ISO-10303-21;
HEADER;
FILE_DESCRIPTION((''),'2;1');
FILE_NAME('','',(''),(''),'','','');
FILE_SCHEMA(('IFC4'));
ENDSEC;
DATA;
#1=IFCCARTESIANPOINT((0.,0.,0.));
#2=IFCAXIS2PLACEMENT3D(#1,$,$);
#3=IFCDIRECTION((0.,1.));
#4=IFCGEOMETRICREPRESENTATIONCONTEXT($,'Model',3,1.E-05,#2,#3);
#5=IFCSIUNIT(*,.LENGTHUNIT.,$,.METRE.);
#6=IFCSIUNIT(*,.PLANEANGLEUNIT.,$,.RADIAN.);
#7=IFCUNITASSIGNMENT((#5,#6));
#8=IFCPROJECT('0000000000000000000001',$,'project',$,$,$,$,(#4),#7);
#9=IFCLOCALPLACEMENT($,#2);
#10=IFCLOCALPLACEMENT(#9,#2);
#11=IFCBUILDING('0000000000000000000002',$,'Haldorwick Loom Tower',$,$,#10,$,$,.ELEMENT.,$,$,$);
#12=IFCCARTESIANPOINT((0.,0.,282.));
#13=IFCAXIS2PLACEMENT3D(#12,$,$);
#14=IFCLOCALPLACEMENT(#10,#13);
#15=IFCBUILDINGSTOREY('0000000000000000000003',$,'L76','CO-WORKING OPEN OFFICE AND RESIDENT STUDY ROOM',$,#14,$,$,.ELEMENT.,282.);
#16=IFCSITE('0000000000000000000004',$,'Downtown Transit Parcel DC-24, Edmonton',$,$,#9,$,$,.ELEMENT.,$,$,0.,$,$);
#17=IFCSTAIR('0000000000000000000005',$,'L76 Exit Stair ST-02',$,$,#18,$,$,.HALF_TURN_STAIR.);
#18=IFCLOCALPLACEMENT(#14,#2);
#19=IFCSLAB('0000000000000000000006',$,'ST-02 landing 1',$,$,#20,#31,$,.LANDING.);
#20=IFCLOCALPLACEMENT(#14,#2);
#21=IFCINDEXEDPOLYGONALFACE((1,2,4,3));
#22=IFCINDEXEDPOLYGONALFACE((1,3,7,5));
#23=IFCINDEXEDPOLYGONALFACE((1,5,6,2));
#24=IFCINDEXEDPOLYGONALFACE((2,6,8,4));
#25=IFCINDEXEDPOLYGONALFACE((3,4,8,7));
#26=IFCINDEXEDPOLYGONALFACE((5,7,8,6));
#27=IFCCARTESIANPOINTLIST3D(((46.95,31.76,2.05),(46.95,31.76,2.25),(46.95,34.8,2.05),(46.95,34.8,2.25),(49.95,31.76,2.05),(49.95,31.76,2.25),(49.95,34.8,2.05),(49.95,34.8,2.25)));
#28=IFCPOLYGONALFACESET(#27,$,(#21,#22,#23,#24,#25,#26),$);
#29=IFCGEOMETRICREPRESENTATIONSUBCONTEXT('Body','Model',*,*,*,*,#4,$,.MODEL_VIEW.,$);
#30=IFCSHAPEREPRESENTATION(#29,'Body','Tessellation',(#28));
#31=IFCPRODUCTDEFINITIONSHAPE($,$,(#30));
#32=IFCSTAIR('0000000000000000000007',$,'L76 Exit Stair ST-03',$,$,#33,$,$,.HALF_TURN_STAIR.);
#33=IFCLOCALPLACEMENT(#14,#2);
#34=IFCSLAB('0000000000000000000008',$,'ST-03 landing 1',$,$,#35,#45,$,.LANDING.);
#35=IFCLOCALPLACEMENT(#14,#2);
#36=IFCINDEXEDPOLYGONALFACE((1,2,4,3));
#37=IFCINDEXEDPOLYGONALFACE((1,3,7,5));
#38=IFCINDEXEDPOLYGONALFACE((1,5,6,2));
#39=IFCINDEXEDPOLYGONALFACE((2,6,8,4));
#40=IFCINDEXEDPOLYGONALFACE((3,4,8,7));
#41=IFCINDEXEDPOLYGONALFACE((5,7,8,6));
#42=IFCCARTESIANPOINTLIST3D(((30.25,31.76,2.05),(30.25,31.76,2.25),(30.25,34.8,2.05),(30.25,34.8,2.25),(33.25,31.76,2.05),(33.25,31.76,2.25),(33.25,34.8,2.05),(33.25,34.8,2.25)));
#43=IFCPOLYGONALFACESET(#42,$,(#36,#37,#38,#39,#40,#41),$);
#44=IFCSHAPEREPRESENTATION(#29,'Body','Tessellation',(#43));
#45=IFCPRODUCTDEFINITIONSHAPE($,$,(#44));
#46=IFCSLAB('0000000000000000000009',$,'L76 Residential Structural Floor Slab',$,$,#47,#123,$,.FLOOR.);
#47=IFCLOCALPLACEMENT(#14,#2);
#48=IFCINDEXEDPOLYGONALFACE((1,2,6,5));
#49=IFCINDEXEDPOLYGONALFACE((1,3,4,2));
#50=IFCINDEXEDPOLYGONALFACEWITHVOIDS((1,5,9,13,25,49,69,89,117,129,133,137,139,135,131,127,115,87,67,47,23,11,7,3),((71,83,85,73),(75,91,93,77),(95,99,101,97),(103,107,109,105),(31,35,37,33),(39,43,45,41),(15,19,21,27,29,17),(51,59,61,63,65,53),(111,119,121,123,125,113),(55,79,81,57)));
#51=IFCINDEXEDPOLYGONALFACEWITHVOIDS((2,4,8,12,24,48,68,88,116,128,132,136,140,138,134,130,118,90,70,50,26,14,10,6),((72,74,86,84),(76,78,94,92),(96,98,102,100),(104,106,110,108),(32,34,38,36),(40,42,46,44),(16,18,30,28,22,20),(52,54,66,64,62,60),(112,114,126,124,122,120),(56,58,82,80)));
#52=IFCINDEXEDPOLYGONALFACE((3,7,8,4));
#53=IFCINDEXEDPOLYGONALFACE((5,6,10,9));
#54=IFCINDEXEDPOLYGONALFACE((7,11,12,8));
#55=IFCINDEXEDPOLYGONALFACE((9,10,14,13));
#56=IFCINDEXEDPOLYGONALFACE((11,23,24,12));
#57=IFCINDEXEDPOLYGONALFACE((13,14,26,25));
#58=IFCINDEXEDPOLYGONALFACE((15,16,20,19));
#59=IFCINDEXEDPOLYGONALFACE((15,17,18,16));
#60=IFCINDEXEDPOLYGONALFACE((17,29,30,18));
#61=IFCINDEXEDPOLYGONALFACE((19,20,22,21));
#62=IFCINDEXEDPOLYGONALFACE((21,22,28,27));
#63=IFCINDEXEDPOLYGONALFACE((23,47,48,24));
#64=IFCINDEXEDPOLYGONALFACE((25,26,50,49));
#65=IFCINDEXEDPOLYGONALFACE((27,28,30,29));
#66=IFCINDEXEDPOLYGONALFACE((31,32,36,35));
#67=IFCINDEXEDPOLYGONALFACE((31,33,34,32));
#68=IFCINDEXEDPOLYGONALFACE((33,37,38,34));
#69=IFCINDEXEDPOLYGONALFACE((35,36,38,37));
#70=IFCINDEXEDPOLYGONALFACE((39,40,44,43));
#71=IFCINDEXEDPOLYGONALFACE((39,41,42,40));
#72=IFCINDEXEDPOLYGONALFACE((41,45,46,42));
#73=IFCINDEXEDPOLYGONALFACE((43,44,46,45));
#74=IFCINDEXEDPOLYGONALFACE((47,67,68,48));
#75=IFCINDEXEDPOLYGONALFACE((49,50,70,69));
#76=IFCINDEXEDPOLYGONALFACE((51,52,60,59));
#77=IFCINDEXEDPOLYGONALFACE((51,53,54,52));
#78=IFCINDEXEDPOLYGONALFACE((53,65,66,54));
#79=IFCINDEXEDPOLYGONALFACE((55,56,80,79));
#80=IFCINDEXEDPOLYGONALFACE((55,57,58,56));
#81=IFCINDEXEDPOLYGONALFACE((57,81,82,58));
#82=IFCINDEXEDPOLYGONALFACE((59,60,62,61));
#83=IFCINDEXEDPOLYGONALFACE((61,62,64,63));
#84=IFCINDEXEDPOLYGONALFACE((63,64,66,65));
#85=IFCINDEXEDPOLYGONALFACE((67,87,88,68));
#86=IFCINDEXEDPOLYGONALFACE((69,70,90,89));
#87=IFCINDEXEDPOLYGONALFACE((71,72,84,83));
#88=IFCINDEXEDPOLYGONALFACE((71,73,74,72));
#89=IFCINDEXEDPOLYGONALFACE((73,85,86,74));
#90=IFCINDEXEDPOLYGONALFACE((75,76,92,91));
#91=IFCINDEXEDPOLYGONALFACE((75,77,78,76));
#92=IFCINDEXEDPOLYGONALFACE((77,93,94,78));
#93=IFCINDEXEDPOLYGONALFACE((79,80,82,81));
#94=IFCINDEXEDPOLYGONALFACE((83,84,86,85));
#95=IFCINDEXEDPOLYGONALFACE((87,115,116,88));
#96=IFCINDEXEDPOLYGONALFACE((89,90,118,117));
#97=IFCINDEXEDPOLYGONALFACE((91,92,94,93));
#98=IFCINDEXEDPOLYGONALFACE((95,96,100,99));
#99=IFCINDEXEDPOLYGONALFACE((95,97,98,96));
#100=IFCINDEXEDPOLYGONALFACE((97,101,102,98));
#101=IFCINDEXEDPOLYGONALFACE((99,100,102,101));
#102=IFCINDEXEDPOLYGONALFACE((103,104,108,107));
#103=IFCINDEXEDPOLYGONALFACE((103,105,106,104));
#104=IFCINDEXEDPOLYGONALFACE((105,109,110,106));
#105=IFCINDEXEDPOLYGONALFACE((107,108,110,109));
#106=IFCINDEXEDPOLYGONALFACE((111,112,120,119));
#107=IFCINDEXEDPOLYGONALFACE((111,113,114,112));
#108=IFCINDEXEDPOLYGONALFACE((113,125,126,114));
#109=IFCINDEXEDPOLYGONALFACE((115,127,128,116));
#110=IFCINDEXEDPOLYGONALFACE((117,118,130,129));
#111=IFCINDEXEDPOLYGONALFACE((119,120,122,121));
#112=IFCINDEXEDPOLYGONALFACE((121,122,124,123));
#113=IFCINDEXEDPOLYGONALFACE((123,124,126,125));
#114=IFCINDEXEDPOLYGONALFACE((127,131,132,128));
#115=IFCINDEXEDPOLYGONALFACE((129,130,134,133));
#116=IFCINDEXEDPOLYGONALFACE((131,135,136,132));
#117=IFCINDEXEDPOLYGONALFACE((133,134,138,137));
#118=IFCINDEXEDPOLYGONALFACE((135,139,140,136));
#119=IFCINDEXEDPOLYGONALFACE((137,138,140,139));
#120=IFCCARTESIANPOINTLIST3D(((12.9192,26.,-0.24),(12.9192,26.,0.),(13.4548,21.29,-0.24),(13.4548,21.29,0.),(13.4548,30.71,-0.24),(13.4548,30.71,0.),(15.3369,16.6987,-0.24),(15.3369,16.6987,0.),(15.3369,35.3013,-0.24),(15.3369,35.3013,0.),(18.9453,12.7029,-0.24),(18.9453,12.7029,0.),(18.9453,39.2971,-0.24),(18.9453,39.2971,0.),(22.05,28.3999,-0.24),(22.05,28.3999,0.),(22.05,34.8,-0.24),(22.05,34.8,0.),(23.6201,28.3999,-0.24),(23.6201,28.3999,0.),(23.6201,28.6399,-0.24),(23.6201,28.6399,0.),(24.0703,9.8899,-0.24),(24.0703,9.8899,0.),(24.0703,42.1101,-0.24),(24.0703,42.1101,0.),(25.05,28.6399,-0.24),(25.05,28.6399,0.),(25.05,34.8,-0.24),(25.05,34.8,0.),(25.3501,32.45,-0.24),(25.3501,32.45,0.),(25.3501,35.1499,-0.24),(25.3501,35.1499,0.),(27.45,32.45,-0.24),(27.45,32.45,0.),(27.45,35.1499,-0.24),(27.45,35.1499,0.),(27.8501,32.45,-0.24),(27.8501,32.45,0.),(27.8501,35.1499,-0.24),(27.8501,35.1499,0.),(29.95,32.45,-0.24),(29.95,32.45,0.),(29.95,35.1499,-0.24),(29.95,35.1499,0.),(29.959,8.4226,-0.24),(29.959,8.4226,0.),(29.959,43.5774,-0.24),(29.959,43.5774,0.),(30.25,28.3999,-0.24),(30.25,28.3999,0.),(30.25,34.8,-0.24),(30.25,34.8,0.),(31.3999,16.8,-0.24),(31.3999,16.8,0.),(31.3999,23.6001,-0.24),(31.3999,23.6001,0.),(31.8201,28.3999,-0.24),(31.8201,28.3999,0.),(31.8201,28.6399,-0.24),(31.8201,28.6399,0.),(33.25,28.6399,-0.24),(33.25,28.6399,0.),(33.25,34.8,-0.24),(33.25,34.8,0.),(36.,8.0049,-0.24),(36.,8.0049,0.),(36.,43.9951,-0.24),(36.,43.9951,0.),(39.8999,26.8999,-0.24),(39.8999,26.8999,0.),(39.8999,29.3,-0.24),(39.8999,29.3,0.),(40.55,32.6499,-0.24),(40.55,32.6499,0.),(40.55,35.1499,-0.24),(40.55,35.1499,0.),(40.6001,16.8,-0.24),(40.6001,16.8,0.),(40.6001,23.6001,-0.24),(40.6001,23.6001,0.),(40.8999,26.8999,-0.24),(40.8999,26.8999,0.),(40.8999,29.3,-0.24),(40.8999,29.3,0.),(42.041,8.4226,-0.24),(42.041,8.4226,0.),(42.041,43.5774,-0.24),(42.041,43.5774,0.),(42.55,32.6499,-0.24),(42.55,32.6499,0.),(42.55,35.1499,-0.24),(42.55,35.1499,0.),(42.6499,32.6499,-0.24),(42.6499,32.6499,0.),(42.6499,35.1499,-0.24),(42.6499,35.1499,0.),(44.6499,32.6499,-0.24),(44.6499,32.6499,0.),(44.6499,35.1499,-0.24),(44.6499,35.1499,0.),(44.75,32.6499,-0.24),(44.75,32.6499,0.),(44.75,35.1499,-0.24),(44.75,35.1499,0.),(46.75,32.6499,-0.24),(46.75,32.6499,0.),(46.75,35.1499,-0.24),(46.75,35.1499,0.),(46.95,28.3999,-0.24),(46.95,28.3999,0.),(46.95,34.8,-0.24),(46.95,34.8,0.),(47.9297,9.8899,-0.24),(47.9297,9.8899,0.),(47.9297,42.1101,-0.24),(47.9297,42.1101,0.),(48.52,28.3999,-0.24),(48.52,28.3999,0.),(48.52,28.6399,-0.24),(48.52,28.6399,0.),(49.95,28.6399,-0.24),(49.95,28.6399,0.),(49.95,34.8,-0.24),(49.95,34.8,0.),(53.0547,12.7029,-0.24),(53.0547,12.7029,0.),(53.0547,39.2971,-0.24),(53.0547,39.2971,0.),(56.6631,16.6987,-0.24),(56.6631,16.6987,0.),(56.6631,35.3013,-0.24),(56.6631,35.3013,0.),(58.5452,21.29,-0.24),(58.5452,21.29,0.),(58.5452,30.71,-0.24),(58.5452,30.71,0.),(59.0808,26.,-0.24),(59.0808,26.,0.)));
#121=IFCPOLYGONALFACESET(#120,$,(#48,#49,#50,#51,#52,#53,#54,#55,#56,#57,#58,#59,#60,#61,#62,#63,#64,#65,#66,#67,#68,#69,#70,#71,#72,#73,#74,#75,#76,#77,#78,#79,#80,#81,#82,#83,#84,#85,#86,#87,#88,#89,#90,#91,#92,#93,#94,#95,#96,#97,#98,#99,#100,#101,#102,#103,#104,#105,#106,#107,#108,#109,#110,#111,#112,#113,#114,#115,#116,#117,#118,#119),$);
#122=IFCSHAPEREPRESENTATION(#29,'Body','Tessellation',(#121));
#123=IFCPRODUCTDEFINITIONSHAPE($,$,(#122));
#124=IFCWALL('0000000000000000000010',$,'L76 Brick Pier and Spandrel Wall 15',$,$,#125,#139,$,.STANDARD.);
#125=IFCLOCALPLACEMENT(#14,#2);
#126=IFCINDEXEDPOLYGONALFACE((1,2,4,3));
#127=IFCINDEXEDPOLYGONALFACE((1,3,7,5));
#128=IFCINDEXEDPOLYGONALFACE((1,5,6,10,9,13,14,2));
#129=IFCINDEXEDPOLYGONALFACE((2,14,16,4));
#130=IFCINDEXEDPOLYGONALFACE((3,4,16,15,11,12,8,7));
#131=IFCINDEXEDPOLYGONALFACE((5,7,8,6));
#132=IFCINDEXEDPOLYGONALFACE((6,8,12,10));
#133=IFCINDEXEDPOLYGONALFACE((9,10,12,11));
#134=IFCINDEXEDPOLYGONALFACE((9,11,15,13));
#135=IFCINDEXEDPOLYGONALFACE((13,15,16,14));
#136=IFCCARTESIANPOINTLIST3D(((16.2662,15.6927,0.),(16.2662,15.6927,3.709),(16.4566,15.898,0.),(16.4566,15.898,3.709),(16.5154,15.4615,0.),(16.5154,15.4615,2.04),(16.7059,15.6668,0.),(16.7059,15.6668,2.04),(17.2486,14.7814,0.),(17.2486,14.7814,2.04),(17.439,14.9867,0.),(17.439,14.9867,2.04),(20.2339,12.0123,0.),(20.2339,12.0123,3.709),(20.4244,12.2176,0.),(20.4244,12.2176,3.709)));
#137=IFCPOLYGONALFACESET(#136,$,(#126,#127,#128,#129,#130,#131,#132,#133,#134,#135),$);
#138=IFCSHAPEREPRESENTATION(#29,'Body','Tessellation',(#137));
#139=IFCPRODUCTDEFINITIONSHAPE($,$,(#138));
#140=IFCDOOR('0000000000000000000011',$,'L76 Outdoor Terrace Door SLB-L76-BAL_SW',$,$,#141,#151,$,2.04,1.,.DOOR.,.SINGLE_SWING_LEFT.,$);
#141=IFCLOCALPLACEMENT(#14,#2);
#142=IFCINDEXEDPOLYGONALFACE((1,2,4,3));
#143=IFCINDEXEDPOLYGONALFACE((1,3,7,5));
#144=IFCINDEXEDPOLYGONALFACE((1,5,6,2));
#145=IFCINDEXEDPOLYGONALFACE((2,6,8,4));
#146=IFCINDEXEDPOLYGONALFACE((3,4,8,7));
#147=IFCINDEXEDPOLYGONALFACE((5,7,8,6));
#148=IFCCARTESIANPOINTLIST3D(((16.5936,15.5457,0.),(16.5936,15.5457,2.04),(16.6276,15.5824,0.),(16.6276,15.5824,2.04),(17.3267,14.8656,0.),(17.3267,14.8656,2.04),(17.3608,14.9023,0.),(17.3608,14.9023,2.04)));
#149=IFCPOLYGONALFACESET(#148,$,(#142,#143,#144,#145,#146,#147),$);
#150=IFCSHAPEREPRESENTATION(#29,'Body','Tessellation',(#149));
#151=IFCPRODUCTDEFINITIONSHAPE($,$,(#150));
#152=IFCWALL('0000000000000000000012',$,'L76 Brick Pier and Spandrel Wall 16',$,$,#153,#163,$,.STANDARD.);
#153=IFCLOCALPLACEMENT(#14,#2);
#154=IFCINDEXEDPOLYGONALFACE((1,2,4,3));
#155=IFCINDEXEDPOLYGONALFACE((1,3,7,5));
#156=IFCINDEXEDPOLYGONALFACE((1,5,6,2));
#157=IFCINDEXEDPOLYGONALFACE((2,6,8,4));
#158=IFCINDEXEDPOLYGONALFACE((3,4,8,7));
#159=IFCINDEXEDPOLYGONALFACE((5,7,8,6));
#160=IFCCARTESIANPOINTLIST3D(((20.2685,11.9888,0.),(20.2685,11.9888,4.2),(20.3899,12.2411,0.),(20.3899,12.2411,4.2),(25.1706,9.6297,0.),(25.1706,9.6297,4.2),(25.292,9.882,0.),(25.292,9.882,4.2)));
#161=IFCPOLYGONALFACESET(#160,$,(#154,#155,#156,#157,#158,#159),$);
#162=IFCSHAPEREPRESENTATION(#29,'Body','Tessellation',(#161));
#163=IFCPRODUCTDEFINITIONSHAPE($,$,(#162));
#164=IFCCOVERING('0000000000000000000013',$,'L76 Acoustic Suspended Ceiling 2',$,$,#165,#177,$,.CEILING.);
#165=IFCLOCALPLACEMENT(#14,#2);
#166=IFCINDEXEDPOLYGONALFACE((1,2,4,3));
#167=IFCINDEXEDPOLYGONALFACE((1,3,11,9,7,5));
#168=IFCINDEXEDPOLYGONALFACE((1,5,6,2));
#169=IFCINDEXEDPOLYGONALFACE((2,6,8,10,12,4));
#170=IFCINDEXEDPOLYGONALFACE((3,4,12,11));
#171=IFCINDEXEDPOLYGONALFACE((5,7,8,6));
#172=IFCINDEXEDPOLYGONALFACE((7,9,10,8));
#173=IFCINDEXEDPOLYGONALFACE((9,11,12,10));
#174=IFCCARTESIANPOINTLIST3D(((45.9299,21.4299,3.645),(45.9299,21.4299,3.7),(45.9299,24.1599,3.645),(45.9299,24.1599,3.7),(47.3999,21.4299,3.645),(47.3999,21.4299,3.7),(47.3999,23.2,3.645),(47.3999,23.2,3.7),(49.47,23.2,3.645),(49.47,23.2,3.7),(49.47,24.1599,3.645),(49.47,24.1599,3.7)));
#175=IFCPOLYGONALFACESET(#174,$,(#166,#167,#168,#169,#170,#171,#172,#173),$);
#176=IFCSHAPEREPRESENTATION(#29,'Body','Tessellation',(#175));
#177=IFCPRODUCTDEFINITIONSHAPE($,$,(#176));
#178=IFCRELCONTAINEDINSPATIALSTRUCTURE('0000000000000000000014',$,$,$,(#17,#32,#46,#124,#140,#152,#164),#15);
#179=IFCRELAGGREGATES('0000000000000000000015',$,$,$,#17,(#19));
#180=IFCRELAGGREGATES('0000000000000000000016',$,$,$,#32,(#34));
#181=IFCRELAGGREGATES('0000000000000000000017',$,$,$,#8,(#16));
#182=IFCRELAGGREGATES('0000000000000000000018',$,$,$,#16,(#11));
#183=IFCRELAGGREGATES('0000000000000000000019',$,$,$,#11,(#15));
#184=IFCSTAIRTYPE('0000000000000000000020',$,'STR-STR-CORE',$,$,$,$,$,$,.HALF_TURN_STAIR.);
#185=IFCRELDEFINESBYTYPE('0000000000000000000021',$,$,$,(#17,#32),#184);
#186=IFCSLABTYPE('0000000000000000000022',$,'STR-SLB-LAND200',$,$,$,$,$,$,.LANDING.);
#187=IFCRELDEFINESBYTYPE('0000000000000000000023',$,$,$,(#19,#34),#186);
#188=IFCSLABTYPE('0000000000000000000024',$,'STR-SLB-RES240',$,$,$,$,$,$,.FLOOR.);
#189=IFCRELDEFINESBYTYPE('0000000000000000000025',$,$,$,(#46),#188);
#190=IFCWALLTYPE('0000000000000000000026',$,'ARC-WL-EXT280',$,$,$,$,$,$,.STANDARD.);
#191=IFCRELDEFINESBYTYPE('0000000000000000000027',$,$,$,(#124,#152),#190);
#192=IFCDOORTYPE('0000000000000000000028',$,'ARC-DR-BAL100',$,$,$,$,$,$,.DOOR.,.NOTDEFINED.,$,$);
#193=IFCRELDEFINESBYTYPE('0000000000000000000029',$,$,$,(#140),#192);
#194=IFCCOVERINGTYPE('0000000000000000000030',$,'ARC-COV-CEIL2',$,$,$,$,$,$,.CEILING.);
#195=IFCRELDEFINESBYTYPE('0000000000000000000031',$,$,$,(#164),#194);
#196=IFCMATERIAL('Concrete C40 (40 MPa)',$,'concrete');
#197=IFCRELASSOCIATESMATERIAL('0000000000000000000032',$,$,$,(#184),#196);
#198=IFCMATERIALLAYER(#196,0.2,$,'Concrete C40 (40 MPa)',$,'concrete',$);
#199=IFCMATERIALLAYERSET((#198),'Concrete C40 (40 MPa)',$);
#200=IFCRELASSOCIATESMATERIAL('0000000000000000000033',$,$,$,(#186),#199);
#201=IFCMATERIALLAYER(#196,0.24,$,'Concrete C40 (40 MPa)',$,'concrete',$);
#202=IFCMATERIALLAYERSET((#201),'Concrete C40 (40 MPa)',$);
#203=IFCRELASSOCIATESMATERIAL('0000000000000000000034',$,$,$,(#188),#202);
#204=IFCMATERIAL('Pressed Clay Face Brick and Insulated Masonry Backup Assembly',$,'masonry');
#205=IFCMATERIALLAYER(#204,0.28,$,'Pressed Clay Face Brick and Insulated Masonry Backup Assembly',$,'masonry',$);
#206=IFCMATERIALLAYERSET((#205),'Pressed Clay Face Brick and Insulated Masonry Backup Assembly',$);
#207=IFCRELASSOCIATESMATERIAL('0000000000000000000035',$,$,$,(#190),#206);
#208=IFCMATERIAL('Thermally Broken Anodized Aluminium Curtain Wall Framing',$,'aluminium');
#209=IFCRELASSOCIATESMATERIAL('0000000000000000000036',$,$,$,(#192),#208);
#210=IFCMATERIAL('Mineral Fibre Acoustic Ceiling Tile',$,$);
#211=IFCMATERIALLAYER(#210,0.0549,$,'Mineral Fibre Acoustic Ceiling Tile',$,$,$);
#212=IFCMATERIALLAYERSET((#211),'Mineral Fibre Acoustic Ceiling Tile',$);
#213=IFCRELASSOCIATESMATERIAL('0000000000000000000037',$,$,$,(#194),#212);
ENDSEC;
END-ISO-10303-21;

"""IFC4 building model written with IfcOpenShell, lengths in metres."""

from ifc_helpers import new_model, si_unit, direction, frame, frame_2d, origin, place, context, subcontext, project, spatial, polyline, rectangle, outline, extrude, material, layer, layer_set, type_object, element, fill, aggregate, save


model = new_model("IFC4")

# Units and contexts
model_context = context("Model", 3, precision=1e-05, world=origin(), true_north=direction((0.0, 1.0)))
body_context = subcontext(model_context, "Body", "Model", "MODEL_VIEW")
ifc_project = project(units=[si_unit("LENGTHUNIT", "METRE"), si_unit("PLANEANGLEUNIT", "RADIAN")], contexts=[model_context])

# Site, building, storey
site_placement = place(None, origin())
site = spatial("IfcSite", under=ifc_project, at=site_placement, Name="Downtown Transit Parcel DC-24, Edmonton", CompositionType="ELEMENT", RefElevation=0.0)
building_placement = place(site_placement, origin())
building = spatial("IfcBuilding", under=site, at=building_placement, Name="Haldorwick Loom Tower", CompositionType="ELEMENT")
storey_placement = place(building_placement, frame((0.0, 0.0, 282.0)))
storey = spatial("IfcBuildingStorey", under=building, at=storey_placement, Name="L76", Description="CO-WORKING OPEN OFFICE AND RESIDENT STUDY ROOM", CompositionType="ELEMENT", Elevation=282.0)

# Shared definitions
ifc_material_1 = material(Name="Concrete C40 (40 MPa)", Category="concrete")

# Stairs, slabs
stair_type = type_object("IfcStairType", Name="STR-STR-CORE", PredefinedType="HALF_TURN_STAIR", material=ifc_material_1)
ifc_layer_1 = layer(ifc_material_1, 0.2, Name="Concrete C40 (40 MPa)", Category="concrete")
ifc_layer_set_1 = layer_set([ifc_layer_1], Name="Concrete C40 (40 MPa)")
slab_type_1 = type_object("IfcSlabType", Name="STR-SLB-LAND200", PredefinedType="LANDING", material=ifc_layer_set_1)
stair_1_placement = place(storey_placement, origin())
stair_1 = element("IfcStair", 1, at=stair_1_placement, inside=storey, type_object=stair_type, Name="L76 Exit Stair ST-02", PredefinedType="HALF_TURN_STAIR")
slab_1_placement = place(storey_placement, frame((0.0, 0.0, 2.05)))
slab_1 = element("IfcSlab", 2, at=slab_1_placement, type_object=slab_type_1, Name="ST-02 landing 1", PredefinedType="LANDING", context=body_context, shape_type="SweptSolid", body=[
    extrude(outline(polyline([(49.95, 31.76), (49.95, 34.8), (46.95, 34.8), (46.95, 31.76), (49.95, 31.76)])), origin(), (0.0, 0.0, 1.0), 0.2),
])
aggregate(stair_1, [slab_1])
stair_2_placement = place(storey_placement, origin())
stair_2 = element("IfcStair", 3, at=stair_2_placement, inside=storey, type_object=stair_type, Name="L76 Exit Stair ST-03", PredefinedType="HALF_TURN_STAIR")
slab_2_placement = place(storey_placement, frame((0.0, 0.0, 2.05)))
slab_2 = element("IfcSlab", 4, at=slab_2_placement, type_object=slab_type_1, Name="ST-03 landing 1", PredefinedType="LANDING", context=body_context, shape_type="SweptSolid", body=[
    extrude(outline(polyline([(33.25, 31.76), (33.25, 34.8), (30.25, 34.8), (30.25, 31.76), (33.25, 31.76)])), origin(), (0.0, 0.0, 1.0), 0.2),
])
aggregate(stair_2, [slab_2])

# Slab
ifc_layer_2 = layer(ifc_material_1, 0.24, Name="Concrete C40 (40 MPa)", Category="concrete")
ifc_layer_set_2 = layer_set([ifc_layer_2], Name="Concrete C40 (40 MPa)")
slab_type_2 = type_object("IfcSlabType", Name="STR-SLB-RES240", PredefinedType="FLOOR", material=ifc_layer_set_2)
slab_3_placement = place(storey_placement, frame((0.0, 0.0, -0.24)))
element("IfcSlab", 5, at=slab_3_placement, inside=storey, type_object=slab_type_2, Name="L76 Residential Structural Floor Slab", PredefinedType="FLOOR", context=body_context, shape_type="SweptSolid", body=[
    extrude(outline(polyline([(53.0547, 12.7029), (56.6631, 16.6987), (58.5452, 21.29), (59.0808, 26.0), (58.5452, 30.71), (56.6631, 35.3013), (53.0547, 39.2971), (47.9297, 42.1101), (42.041, 43.5774), (36.0, 43.9951), (29.959, 43.5774), (24.0703, 42.1101), (18.9453, 39.2971), (15.3369, 35.3013), (13.4548, 30.71), (12.9192, 26.0), (13.4548, 21.29), (15.3369, 16.6987), (18.9453, 12.7029), (24.0703, 9.8899), (29.959, 8.4226), (36.0, 8.0049), (42.041, 8.4226), (47.9297, 9.8899), (53.0547, 12.7029)]), holes=[polyline([(31.3999, 16.8), (31.3999, 23.6001), (40.6001, 23.6001), (40.6001, 16.8), (31.3999, 16.8)]), polyline([(40.8999, 26.8999), (39.8999, 26.8999), (39.8999, 29.3), (40.8999, 29.3), (40.8999, 26.8999)]), polyline([(23.6201, 28.3999), (22.05, 28.3999), (22.05, 34.8), (25.05, 34.8), (25.05, 28.6399), (23.6201, 28.6399), (23.6201, 28.3999)]), polyline([(30.25, 28.3999), (30.25, 34.8), (33.25, 34.8), (33.25, 28.6399), (31.8201, 28.6399), (31.8201, 28.3999), (30.25, 28.3999)]), polyline([(46.95, 28.3999), (46.95, 34.8), (49.95, 34.8), (49.95, 28.6399), (48.52, 28.6399), (48.52, 28.3999), (46.95, 28.3999)]), polyline([(27.45, 32.45), (25.3501, 32.45), (25.3501, 35.1499), (27.45, 35.1499), (27.45, 32.45)]), polyline([(29.95, 32.45), (27.8501, 32.45), (27.8501, 35.1499), (29.95, 35.1499), (29.95, 32.45)]), polyline([(42.55, 32.6499), (40.55, 32.6499), (40.55, 35.1499), (42.55, 35.1499), (42.55, 32.6499)]), polyline([(42.6499, 32.6499), (42.6499, 35.1499), (44.6499, 35.1499), (44.6499, 32.6499), (42.6499, 32.6499)]), polyline([(44.75, 32.6499), (44.75, 35.1499), (46.75, 35.1499), (46.75, 32.6499), (44.75, 32.6499)])]), origin(), (0.0, 0.0, 1.0), 0.24),
])

# Wall, opening, door
ifc_material_2 = material(Name="Pressed Clay Face Brick and Insulated Masonry Backup Assembly", Category="masonry")
ifc_layer_3 = layer(ifc_material_2, 0.28, Name="Pressed Clay Face Brick and Insulated Masonry Backup Assembly", Category="masonry")
ifc_layer_set_3 = layer_set([ifc_layer_3], Name="Pressed Clay Face Brick and Insulated Masonry Backup Assembly")
wall_type = type_object("IfcWallType", Name="ARC-WL-EXT280", PredefinedType="STANDARD", material=ifc_layer_set_3)
wall_1_placement = place(storey_placement, frame((16.3613, 15.7954, 0.0), z_axis=(0.0, 0.0, 1.0), x_axis=(0.733157, -0.68006, 0.0)))
wall_1 = element("IfcWall", 6, at=wall_1_placement, inside=storey, type_object=wall_type, Name="L76 Brick Pier and Spandrel Wall 15", PredefinedType="STANDARD", context=body_context, shape_type="SweptSolid", body=[
    extrude(rectangle(XDim=5.4119, YDim=0.28, at=frame_2d((2.7061, 0.0))), origin(), (0.0, 0.0, 1.0), 3.709),
])
opening_placement = place(wall_1_placement, frame((0.3401, 0.0, 0.0)))
opening = element("IfcOpeningElement", 7, at=opening_placement, cuts=wall_1, PredefinedType="OPENING", context=body_context, shape_type="SweptSolid", body=[
    extrude(rectangle(XDim=1.0, YDim=2.04, at=frame_2d((0.5, 1.02))), frame((0.0, 0.1499, 0.0), z_axis=(0.0, -1.0, 0.0), x_axis=(1.0, 0.0, 0.0)), (0.0, 0.0, 1.0), 0.3),
])
ifc_material_3 = material(Name="Thermally Broken Anodized Aluminium Curtain Wall Framing", Category="aluminium")
door_type = type_object("IfcDoorType", Name="ARC-DR-BAL100", OperationType="NOTDEFINED", PredefinedType="DOOR", material=ifc_material_3)
door_placement = place(opening_placement, origin())
door = element("IfcDoor", 8, at=door_placement, inside=storey, type_object=door_type, Name="L76 Outdoor Terrace Door SLB-L76-BAL_SW", OperationType="SINGLE_SWING_LEFT", OverallHeight=2.04, OverallWidth=1.0, PredefinedType="DOOR", context=body_context, shape_type="SweptSolid", body=[
    extrude(rectangle(XDim=1.0, YDim=2.04, at=frame_2d((0.5, 1.02))), frame((0.0, 0.0249, 0.0), z_axis=(0.0, -1.0, 0.0), x_axis=(1.0, 0.0, 0.0)), (0.0, 0.0, 1.0), 0.05),
])
fill(opening, door)

# Wall
wall_2_placement = place(storey_placement, frame((20.3291, 12.115, 0.0), z_axis=(0.0, 0.0, 1.0), x_axis=(0.901084, -0.433646, 0.0)))
element("IfcWall", 9, at=wall_2_placement, inside=storey, type_object=wall_type, Name="L76 Brick Pier and Spandrel Wall 16", PredefinedType="STANDARD", context=body_context, shape_type="SweptSolid", body=[
    extrude(rectangle(XDim=5.4402, YDim=0.28, at=frame_2d((2.7202, 0.0))), origin(), (0.0, 0.0, 1.0), 4.2),
])

# Covering
ifc_material_4 = material(Name="Mineral Fibre Acoustic Ceiling Tile")
ifc_layer_4 = layer(ifc_material_4, 0.0549, Name="Mineral Fibre Acoustic Ceiling Tile")
ifc_layer_set_4 = layer_set([ifc_layer_4], Name="Mineral Fibre Acoustic Ceiling Tile")
covering_type_1 = type_object("IfcCoveringType", Name="ARC-COV-CEIL2", PredefinedType="CEILING", material=ifc_layer_set_4)
covering_1_placement = place(storey_placement, frame((0.0, 0.0, 3.645)))
element("IfcCovering", 10, at=covering_1_placement, inside=storey, type_object=covering_type_1, Name="L76 Acoustic Suspended Ceiling 2", PredefinedType="CEILING", context=body_context, shape_type="SweptSolid", body=[
    extrude(outline(polyline([(45.9299, 24.1599), (45.9299, 21.4299), (47.3999, 21.4299), (47.3999, 23.2), (49.47, 23.2), (49.47, 24.1599), (45.9299, 24.1599)])), origin(), (0.0, 0.0, 1.0), 0.0549),
])

save(model, "model.ifc")
